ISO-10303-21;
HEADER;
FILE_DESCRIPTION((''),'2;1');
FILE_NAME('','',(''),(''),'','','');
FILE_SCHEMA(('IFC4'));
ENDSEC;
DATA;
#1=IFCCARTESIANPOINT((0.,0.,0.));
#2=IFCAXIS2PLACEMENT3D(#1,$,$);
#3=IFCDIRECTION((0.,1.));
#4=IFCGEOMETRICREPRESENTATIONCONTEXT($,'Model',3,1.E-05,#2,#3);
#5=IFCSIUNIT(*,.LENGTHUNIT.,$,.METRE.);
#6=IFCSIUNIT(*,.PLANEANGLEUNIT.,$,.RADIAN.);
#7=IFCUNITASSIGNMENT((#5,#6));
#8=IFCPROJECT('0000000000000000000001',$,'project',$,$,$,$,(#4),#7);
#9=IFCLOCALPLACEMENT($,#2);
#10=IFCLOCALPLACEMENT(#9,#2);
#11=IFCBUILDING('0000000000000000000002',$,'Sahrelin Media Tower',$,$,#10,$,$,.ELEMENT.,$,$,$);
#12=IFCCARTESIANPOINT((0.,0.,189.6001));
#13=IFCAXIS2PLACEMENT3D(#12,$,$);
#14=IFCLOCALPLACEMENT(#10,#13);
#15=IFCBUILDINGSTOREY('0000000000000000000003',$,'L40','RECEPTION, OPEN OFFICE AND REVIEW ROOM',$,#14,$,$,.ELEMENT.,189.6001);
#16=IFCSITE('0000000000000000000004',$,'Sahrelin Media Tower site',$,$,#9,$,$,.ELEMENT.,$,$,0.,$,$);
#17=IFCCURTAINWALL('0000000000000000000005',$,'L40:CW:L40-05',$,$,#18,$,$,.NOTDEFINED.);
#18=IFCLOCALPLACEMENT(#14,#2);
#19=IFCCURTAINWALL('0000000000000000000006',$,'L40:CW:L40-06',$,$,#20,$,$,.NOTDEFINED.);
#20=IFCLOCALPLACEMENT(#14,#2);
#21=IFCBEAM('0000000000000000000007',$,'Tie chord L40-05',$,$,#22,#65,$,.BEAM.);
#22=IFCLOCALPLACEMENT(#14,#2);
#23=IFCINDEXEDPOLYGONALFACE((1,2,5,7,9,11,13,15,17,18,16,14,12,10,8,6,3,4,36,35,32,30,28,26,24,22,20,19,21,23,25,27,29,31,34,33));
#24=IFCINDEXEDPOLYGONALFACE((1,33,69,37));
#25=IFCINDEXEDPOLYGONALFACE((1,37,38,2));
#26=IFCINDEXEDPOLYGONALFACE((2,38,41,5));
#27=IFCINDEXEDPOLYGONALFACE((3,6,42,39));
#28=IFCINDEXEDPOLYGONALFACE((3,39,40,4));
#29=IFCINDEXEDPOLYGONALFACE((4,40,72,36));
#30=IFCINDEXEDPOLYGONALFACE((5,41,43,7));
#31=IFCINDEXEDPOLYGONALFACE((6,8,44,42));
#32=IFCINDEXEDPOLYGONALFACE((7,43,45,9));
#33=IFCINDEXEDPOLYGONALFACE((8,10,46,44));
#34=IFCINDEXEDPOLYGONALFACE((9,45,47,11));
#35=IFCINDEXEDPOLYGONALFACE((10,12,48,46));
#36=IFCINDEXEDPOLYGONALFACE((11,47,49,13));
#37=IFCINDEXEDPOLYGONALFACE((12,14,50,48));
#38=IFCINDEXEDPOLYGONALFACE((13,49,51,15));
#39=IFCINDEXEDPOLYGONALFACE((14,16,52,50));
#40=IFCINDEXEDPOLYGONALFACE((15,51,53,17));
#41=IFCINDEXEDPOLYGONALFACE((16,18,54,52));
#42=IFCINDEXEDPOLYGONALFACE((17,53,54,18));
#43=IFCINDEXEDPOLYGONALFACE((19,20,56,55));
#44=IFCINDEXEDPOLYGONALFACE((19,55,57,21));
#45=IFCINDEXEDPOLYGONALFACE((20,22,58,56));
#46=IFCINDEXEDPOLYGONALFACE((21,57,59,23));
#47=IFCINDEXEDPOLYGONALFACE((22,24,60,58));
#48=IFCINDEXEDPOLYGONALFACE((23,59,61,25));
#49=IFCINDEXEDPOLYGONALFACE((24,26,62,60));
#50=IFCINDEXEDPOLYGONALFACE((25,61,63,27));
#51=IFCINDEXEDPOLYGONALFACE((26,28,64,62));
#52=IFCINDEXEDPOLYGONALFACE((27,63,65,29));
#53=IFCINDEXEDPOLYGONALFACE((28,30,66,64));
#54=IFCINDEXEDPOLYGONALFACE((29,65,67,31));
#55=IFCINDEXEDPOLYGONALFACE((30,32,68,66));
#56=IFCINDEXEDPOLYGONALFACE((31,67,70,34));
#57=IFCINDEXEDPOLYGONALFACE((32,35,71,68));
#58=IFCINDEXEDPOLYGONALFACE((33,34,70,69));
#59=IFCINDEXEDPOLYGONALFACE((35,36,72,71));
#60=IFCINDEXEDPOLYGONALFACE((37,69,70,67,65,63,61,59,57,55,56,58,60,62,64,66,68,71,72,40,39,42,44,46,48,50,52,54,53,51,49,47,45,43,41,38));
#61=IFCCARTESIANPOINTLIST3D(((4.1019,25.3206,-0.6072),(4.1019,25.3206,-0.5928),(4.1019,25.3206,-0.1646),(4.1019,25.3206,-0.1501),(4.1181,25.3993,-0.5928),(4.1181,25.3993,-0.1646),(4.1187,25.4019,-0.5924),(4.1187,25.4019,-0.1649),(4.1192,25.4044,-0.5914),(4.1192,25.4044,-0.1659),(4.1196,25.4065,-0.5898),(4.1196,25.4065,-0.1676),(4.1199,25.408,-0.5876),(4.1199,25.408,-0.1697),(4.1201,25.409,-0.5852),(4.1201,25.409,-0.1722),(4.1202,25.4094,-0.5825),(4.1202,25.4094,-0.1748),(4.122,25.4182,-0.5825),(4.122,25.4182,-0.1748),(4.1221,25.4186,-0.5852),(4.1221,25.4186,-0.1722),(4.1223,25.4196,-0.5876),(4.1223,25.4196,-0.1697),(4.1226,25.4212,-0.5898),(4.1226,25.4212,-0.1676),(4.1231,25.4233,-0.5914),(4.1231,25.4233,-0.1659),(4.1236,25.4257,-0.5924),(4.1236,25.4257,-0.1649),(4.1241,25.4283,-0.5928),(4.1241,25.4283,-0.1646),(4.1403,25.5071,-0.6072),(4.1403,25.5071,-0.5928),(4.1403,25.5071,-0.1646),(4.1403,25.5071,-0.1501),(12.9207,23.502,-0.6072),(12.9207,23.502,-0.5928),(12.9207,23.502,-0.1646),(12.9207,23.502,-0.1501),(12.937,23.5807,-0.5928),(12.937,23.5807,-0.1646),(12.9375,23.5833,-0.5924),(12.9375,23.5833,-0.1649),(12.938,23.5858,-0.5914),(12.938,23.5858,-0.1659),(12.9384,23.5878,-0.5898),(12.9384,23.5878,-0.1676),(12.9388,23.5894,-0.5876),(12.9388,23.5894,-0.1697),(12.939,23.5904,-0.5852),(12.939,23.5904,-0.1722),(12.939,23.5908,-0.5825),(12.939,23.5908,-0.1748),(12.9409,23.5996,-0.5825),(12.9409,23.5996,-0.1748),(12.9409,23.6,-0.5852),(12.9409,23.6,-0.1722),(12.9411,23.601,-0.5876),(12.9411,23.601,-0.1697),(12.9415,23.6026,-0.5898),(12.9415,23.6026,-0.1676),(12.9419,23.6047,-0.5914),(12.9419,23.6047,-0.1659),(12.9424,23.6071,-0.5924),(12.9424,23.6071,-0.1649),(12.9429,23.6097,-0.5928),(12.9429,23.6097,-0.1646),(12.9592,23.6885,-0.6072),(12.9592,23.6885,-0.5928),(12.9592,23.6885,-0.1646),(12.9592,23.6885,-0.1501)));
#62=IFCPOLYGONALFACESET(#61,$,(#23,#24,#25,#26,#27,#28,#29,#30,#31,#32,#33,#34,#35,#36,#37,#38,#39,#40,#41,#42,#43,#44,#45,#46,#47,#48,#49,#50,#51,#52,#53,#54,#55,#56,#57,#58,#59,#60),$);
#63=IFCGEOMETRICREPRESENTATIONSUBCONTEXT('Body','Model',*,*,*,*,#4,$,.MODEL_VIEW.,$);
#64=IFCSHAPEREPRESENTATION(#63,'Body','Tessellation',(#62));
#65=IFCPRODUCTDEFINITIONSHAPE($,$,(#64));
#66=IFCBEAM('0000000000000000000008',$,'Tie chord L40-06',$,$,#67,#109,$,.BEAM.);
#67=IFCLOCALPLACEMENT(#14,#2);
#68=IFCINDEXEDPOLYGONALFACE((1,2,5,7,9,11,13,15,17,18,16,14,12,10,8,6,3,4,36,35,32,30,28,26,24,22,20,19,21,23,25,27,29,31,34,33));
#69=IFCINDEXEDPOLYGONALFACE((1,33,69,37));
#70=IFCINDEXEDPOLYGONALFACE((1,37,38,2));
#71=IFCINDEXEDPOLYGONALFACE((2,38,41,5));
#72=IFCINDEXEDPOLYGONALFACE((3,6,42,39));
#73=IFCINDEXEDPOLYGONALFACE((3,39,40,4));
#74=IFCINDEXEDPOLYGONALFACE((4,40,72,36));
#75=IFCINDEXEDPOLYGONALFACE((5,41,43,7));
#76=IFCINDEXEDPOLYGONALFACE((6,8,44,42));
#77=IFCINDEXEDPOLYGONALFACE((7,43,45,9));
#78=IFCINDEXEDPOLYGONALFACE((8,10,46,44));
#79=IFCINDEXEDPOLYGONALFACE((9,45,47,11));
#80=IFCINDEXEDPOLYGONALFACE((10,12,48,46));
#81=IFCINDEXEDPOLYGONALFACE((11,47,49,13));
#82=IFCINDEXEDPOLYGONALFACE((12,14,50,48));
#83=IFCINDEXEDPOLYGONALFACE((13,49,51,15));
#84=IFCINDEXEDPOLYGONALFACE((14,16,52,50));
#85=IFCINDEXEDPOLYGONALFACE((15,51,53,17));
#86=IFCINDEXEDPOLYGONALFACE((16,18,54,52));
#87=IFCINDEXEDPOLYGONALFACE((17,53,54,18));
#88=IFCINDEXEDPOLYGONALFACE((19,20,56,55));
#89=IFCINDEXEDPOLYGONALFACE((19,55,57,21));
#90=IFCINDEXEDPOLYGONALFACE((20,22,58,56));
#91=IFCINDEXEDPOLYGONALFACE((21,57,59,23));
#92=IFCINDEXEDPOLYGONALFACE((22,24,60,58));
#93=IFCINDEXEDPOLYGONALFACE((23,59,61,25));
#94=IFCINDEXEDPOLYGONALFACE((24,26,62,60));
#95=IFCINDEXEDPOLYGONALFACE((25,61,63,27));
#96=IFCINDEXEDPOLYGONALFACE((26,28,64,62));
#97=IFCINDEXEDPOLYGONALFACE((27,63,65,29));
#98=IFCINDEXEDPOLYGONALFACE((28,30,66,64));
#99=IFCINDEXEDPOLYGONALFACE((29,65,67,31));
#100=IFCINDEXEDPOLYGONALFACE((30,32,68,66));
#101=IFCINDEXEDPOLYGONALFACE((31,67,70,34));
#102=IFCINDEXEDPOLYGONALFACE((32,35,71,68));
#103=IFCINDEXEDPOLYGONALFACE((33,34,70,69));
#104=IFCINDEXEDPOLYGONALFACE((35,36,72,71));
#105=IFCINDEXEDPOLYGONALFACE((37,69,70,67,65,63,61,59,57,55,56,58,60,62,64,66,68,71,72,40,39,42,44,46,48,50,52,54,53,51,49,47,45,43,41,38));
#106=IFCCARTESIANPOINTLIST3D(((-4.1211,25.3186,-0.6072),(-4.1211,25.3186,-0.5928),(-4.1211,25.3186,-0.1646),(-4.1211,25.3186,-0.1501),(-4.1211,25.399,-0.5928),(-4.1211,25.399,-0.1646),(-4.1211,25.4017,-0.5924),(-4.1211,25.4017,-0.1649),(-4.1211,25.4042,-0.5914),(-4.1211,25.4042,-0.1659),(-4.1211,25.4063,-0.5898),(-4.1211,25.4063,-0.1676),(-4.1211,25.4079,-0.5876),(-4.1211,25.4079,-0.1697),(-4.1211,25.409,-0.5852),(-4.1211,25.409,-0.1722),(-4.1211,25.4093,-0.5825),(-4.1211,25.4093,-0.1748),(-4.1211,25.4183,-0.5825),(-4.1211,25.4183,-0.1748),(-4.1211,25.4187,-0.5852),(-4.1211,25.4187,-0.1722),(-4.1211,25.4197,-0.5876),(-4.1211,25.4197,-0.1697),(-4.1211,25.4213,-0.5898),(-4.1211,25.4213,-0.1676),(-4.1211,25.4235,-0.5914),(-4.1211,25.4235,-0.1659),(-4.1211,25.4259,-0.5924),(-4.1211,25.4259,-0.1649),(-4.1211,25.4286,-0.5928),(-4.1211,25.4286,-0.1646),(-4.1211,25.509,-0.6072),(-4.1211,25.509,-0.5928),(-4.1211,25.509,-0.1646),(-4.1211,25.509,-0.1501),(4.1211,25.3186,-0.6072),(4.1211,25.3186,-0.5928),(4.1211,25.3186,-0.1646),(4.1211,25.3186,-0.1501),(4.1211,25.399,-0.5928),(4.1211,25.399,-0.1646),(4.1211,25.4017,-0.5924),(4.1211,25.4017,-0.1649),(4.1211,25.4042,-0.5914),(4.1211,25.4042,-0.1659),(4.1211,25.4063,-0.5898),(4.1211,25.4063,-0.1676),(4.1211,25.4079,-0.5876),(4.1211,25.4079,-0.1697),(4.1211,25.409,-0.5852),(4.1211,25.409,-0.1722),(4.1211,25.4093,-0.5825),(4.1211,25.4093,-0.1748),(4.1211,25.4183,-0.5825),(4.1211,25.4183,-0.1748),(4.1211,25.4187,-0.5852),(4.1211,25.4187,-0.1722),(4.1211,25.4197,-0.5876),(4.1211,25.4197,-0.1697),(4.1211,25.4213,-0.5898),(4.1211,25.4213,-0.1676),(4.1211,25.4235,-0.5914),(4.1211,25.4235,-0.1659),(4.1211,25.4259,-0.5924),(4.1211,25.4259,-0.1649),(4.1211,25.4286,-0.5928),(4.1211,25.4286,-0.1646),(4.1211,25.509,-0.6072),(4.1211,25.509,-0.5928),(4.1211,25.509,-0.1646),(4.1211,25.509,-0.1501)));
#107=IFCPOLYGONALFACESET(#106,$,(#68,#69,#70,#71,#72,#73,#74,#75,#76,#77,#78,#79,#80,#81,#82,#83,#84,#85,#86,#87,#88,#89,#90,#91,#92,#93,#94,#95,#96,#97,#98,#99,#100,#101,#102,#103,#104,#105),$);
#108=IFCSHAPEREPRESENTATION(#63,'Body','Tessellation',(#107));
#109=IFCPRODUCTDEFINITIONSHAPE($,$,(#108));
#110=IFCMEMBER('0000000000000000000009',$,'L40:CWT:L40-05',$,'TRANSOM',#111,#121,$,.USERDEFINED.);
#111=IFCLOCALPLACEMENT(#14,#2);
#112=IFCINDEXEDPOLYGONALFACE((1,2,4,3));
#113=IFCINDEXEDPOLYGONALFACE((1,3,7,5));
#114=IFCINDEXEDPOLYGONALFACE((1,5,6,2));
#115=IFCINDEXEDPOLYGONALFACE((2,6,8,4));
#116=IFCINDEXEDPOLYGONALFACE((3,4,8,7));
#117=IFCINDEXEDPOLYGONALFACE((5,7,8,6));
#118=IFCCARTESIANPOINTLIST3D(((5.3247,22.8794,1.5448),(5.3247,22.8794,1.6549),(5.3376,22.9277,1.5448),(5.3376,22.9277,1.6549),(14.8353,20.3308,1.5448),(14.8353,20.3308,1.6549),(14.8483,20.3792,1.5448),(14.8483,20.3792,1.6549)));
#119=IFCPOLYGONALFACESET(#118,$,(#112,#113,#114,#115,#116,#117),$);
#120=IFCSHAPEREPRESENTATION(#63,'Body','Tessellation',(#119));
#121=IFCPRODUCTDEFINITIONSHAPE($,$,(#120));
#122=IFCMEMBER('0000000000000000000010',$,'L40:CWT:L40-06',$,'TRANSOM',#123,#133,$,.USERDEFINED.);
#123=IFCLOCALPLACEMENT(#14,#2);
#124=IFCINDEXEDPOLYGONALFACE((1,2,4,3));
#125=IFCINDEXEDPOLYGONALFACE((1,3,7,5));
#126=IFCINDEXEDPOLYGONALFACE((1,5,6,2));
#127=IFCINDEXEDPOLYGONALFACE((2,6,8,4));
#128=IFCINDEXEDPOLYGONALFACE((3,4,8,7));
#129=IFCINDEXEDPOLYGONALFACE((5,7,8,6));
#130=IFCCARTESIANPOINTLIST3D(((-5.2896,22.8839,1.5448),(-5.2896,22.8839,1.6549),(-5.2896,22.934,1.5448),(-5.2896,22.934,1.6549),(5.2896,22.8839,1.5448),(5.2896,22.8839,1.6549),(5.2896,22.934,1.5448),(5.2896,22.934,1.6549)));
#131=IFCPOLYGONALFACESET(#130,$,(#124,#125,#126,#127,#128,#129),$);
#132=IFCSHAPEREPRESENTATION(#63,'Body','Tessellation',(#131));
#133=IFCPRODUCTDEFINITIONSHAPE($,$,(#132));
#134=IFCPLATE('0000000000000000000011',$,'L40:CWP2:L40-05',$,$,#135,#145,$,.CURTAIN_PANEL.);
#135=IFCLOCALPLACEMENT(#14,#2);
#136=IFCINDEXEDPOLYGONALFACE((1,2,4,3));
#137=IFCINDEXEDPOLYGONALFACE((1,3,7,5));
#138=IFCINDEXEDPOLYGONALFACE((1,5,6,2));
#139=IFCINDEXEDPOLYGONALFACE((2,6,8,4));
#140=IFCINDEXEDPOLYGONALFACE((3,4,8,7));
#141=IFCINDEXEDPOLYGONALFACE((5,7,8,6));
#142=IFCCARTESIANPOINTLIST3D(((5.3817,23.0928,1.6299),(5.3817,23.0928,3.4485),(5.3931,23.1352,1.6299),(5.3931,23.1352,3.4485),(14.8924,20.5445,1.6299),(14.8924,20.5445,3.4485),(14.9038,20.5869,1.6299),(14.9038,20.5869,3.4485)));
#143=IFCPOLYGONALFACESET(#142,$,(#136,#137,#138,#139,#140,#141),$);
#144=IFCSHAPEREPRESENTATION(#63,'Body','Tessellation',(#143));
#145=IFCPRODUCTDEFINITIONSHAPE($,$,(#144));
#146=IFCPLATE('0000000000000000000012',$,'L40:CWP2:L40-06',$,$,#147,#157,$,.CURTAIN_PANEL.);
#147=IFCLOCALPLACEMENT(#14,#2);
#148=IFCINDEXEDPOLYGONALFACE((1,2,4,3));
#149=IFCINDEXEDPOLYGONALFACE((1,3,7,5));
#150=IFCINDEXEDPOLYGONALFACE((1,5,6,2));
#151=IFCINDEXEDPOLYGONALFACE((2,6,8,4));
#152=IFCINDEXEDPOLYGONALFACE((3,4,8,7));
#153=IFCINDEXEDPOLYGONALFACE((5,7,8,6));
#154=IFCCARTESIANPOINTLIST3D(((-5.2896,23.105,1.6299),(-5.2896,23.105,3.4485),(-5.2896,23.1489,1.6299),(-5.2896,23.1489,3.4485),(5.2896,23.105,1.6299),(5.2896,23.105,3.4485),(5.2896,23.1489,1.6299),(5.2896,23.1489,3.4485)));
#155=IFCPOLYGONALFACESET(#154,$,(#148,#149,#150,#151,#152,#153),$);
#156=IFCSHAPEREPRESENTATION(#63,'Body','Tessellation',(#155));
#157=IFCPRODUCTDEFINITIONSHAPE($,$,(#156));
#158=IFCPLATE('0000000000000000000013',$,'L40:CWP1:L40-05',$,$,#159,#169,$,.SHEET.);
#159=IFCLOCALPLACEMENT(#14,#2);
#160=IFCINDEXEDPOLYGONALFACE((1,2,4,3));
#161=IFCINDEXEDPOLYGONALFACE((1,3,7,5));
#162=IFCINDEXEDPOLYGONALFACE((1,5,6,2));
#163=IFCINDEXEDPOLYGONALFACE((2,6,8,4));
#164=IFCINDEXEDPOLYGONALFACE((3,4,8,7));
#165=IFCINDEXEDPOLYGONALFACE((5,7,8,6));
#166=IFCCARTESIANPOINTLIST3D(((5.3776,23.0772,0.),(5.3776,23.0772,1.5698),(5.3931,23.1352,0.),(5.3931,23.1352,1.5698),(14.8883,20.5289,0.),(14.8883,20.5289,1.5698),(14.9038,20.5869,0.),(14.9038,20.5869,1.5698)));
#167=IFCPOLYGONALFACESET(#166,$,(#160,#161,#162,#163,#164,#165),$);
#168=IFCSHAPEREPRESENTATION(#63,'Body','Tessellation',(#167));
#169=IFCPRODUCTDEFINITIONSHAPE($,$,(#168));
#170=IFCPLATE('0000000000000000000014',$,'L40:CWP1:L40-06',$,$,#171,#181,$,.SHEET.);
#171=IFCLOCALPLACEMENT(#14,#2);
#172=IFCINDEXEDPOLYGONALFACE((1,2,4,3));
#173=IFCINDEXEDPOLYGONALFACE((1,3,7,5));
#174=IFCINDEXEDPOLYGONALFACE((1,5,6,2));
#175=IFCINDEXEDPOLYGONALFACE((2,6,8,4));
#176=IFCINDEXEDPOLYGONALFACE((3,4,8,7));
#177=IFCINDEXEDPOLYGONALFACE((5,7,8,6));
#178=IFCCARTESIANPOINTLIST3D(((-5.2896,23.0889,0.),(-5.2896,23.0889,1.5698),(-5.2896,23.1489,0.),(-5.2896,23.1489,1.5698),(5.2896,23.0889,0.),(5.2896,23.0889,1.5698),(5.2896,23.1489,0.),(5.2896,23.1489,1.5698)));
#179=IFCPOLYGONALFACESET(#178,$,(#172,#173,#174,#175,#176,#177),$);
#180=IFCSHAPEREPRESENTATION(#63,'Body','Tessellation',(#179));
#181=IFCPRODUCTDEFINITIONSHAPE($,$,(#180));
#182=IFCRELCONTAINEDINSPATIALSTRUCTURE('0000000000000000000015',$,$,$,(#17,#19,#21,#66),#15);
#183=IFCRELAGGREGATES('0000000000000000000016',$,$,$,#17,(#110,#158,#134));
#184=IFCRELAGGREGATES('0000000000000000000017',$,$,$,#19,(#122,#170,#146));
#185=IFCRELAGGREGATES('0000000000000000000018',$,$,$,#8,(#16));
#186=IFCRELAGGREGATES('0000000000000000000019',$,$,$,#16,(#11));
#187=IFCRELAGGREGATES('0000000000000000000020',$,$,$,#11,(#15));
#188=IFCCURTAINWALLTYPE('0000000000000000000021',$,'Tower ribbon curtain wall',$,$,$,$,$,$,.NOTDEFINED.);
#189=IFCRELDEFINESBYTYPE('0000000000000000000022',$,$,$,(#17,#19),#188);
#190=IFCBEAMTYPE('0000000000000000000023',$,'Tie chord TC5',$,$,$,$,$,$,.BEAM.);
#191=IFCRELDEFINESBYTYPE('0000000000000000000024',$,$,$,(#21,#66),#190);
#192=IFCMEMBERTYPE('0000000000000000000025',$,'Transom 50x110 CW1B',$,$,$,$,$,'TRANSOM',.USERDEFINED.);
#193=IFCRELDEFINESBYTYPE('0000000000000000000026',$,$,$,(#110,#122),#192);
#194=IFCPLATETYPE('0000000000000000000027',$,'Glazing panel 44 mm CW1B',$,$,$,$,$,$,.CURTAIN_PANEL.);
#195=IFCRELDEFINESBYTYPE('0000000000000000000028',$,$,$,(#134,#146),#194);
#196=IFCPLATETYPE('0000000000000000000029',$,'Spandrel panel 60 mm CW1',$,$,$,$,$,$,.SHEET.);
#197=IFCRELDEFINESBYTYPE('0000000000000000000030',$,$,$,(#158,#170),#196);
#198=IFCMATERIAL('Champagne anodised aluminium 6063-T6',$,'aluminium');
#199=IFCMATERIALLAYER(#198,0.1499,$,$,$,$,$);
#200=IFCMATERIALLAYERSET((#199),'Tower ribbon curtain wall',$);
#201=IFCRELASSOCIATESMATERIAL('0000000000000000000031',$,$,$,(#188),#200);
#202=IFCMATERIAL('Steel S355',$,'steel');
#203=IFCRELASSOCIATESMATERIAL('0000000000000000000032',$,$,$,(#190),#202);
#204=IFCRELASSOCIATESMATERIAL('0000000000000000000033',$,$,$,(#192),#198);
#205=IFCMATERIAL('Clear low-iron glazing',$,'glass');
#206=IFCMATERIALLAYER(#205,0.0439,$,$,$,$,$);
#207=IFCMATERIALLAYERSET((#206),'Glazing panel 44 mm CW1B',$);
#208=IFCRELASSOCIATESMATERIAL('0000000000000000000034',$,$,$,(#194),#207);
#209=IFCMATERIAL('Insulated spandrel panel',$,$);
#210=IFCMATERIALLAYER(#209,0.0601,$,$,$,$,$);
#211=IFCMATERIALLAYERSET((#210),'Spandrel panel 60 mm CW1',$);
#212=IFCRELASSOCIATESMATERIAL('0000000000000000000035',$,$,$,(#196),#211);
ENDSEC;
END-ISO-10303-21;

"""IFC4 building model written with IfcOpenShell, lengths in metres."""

from ifc_helpers import new_model, si_unit, direction, frame, origin, origin_2d, place, context, subcontext, project, spatial, polyline, rectangle, i_section, outline, extrude, material, layer, layer_set, material_profile, profile_set, type_object, element, aggregate, save


model = new_model("IFC4")

# Units and contexts
model_context = context("Model", 3, precision=1e-05, world=origin(), true_north=direction((0.0, 1.0)))
body_context = subcontext(model_context, "Body", "Model", "MODEL_VIEW")
ifc_project = project(units=[si_unit("LENGTHUNIT", "METRE"), si_unit("PLANEANGLEUNIT", "RADIAN")], contexts=[model_context])

# Site, building, storey
site_placement = place(None, origin())
site = spatial("IfcSite", under=ifc_project, at=site_placement, Name="Sahrelin Media Tower site", CompositionType="ELEMENT", RefElevation=0.0)
building_placement = place(site_placement, origin())
building = spatial("IfcBuilding", under=site, at=building_placement, Name="Sahrelin Media Tower", CompositionType="ELEMENT")
storey_placement = place(building_placement, frame((0.0, 0.0, 189.6001)))
storey = spatial("IfcBuildingStorey", under=building, at=storey_placement, Name="L40", Description="RECEPTION, OPEN OFFICE AND REVIEW ROOM", CompositionType="ELEMENT", Elevation=189.6001)

# Shared definitions
ifc_material_1 = material(Name="Steel S355", Category="steel")

# Curtain walls
ifc_material_2 = material(Name="Champagne anodised aluminium 6063-T6", Category="aluminium")
ifc_layer_1 = layer(ifc_material_2, 0.1499)
ifc_layer_set_1 = layer_set([ifc_layer_1], Name="Tower ribbon curtain wall")
curtain_wall_type = type_object("IfcCurtainWallType", Name="Tower ribbon curtain wall", PredefinedType="NOTDEFINED", material=ifc_layer_set_1)
curtain_wall_1_placement = place(storey_placement, frame((10.1433, 21.8418, 0.0), z_axis=(0.0, 0.0, 1.0), x_axis=(1.0, 0.0, 0.0)))
curtain_wall_1 = element("IfcCurtainWall", 1, at=curtain_wall_1_placement, inside=storey, type_object=curtain_wall_type, Name="L40:CW:L40-05", PredefinedType="NOTDEFINED")
placement_1 = place(storey_placement, frame((0.0, 23.1289, 0.0), z_axis=(0.0, 0.0, 1.0), x_axis=(1.0, 0.0, 0.0)))
curtain_wall_2 = element("IfcCurtainWall", 2, at=placement_1, inside=storey, type_object=curtain_wall_type, Name="L40:CW:L40-06", PredefinedType="NOTDEFINED")

# Beams
ifc_material_profile_1 = material_profile(ifc_material_1, i_section(OverallWidth=0.1904, OverallDepth=0.457, WebThickness=0.009, FlangeThickness=0.0144, FilletRadius=0.0103, at=origin_2d()), Name="UB 457x191x74")
ifc_profile_set_1 = profile_set([ifc_material_profile_1], Name="Steel S355")
beam_type_1 = type_object("IfcBeamType", Name="Tie chord TC5", PredefinedType="BEAM", material=ifc_profile_set_1)
beam_1_placement = place(storey_placement, frame((12.9399, 23.5952, -0.3787), z_axis=(-0.979392, 0.201968, 0.0), x_axis=(-0.201968, -0.979392, 0.0)))
element("IfcBeam", 3, at=beam_1_placement, inside=storey, type_object=beam_type_1, Name="Tie chord L40-05", PredefinedType="BEAM", context=body_context, shape_type="SweptSolid", body=[
    extrude(i_section(OverallWidth=0.1904, OverallDepth=0.457, WebThickness=0.009, FlangeThickness=0.0144, FilletRadius=0.0103, at=origin_2d()), origin(), (0.0, 0.0, 1.0), 9.0044),
])
beam_2_placement = place(storey_placement, frame((4.1211, 25.4138, -0.3787), z_axis=(-1.0, 0.0, 0.0), x_axis=(0.0, -1.0, 0.0)))
element("IfcBeam", 4, at=beam_2_placement, inside=storey, type_object=beam_type_1, Name="Tie chord L40-06", PredefinedType="BEAM", context=body_context, shape_type="SweptSolid", body=[
    extrude(i_section(OverallWidth=0.1904, OverallDepth=0.457, WebThickness=0.009, FlangeThickness=0.0144, FilletRadius=0.0103, at=origin_2d()), origin(), (0.0, 0.0, 1.0), 8.2422),
])

# Members
ifc_material_profile_2 = material_profile(ifc_material_2, rectangle(XDim=0.05, YDim=0.1101, at=origin_2d()), Name="Transom 50x110")
ifc_profile_set_2 = profile_set([ifc_material_profile_2], Name="Champagne anodised aluminium 6063-T6")
member_type_1 = type_object("IfcMemberType", Name="Transom 50x110 CW1B", ElementType="TRANSOM", PredefinedType="USERDEFINED", material=ifc_profile_set_2)
member_1_placement = place(storey_placement, frame((14.8418, 20.355, 1.5999), z_axis=(-0.965921, 0.258837, 0.0), x_axis=(-0.258837, -0.965921, 0.0)))
member_1 = element("IfcMember", 5, at=member_1_placement, type_object=member_type_1, Name="L40:CWT:L40-05", ObjectType="TRANSOM", PredefinedType="USERDEFINED", context=body_context, shape_type="SweptSolid", body=[
    extrude(rectangle(XDim=0.05, YDim=0.1101, at=origin_2d()), origin(), (0.0, 0.0, 1.0), 9.8462),
])
member_2_placement = place(storey_placement, frame((5.2896, 22.9089, 1.5999), z_axis=(-1.0, 0.0, 0.0), x_axis=(0.0, -1.0, 0.0)))
member_2 = element("IfcMember", 6, at=member_2_placement, type_object=member_type_1, Name="L40:CWT:L40-06", ObjectType="TRANSOM", PredefinedType="USERDEFINED", context=body_context, shape_type="SweptSolid", body=[
    extrude(rectangle(XDim=0.05, YDim=0.1101, at=origin_2d()), origin(), (0.0, 0.0, 1.0), 10.5791),
])

# Plates
ifc_material_3 = material(Name="Clear low-iron glazing", Category="glass")
ifc_layer_2 = layer(ifc_material_3, 0.0439)
ifc_layer_set_2 = layer_set([ifc_layer_2], Name="Glazing panel 44 mm CW1B")
plate_type_1 = type_object("IfcPlateType", Name="Glazing panel 44 mm CW1B", PredefinedType="CURTAIN_PANEL", material=ifc_layer_set_2)
plate_1_placement = place(storey_placement, frame((14.9038, 20.5869, 1.6299), z_axis=(0.258814, 0.965927, 0.0), x_axis=(-0.965927, 0.258814, 0.0)))
plate_1 = element("IfcPlate", 7, at=plate_1_placement, type_object=plate_type_1, Name="L40:CWP2:L40-05", PredefinedType="CURTAIN_PANEL", context=body_context, shape_type="SweptSolid", body=[
    extrude(outline(polyline([(0.0, 0.0), (9.8462, 0.0), (9.8462, 1.8186), (0.0, 1.8186), (0.0, 0.0)])), origin(), (0.0, 0.0, -1.0), 0.0439),
])
plate_2_placement = place(storey_placement, frame((5.2896, 23.1489, 1.6299), z_axis=(0.0, 1.0, 0.0), x_axis=(-1.0, 0.0, 0.0)))
plate_2 = element("IfcPlate", 8, at=plate_2_placement, type_object=plate_type_1, Name="L40:CWP2:L40-06", PredefinedType="CURTAIN_PANEL", context=body_context, shape_type="SweptSolid", body=[
    extrude(outline(polyline([(0.0, 0.0), (10.5791, 0.0), (10.5791, 1.8186), (0.0, 1.8186), (0.0, 0.0)])), origin(), (0.0, 0.0, -1.0), 0.0439),
])
ifc_material_4 = material(Name="Insulated spandrel panel")
ifc_layer_3 = layer(ifc_material_4, 0.0601)
ifc_layer_set_3 = layer_set([ifc_layer_3], Name="Spandrel panel 60 mm CW1")
plate_type_2 = type_object("IfcPlateType", Name="Spandrel panel 60 mm CW1", PredefinedType="SHEET", material=ifc_layer_set_3)
plate_3_placement = place(storey_placement, frame((14.9038, 20.5869, 0.0), z_axis=(0.258814, 0.965927, 0.0), x_axis=(-0.965927, 0.258814, 0.0)))
plate_3 = element("IfcPlate", 9, at=plate_3_placement, type_object=plate_type_2, Name="L40:CWP1:L40-05", PredefinedType="SHEET", context=body_context, shape_type="SweptSolid", body=[
    extrude(outline(polyline([(0.0, 0.0), (9.8462, 0.0), (9.8462, 1.5698), (0.0, 1.5698), (0.0, 0.0)])), origin(), (0.0, 0.0, -1.0), 0.0601),
])
aggregate(curtain_wall_1, [member_1, plate_3, plate_1])
plate_4_placement = place(storey_placement, frame((5.2896, 23.1489, 0.0), z_axis=(0.0, 1.0, 0.0), x_axis=(-1.0, 0.0, 0.0)))
plate_4 = element("IfcPlate", 10, at=plate_4_placement, type_object=plate_type_2, Name="L40:CWP1:L40-06", PredefinedType="SHEET", context=body_context, shape_type="SweptSolid", body=[
    extrude(outline(polyline([(0.0, 0.0), (10.5791, 0.0), (10.5791, 1.5698), (0.0, 1.5698), (0.0, 0.0)])), origin(), (0.0, 0.0, -1.0), 0.0601),
])
aggregate(curtain_wall_2, [member_2, plate_4, plate_2])

save(model, "model.ifc")
